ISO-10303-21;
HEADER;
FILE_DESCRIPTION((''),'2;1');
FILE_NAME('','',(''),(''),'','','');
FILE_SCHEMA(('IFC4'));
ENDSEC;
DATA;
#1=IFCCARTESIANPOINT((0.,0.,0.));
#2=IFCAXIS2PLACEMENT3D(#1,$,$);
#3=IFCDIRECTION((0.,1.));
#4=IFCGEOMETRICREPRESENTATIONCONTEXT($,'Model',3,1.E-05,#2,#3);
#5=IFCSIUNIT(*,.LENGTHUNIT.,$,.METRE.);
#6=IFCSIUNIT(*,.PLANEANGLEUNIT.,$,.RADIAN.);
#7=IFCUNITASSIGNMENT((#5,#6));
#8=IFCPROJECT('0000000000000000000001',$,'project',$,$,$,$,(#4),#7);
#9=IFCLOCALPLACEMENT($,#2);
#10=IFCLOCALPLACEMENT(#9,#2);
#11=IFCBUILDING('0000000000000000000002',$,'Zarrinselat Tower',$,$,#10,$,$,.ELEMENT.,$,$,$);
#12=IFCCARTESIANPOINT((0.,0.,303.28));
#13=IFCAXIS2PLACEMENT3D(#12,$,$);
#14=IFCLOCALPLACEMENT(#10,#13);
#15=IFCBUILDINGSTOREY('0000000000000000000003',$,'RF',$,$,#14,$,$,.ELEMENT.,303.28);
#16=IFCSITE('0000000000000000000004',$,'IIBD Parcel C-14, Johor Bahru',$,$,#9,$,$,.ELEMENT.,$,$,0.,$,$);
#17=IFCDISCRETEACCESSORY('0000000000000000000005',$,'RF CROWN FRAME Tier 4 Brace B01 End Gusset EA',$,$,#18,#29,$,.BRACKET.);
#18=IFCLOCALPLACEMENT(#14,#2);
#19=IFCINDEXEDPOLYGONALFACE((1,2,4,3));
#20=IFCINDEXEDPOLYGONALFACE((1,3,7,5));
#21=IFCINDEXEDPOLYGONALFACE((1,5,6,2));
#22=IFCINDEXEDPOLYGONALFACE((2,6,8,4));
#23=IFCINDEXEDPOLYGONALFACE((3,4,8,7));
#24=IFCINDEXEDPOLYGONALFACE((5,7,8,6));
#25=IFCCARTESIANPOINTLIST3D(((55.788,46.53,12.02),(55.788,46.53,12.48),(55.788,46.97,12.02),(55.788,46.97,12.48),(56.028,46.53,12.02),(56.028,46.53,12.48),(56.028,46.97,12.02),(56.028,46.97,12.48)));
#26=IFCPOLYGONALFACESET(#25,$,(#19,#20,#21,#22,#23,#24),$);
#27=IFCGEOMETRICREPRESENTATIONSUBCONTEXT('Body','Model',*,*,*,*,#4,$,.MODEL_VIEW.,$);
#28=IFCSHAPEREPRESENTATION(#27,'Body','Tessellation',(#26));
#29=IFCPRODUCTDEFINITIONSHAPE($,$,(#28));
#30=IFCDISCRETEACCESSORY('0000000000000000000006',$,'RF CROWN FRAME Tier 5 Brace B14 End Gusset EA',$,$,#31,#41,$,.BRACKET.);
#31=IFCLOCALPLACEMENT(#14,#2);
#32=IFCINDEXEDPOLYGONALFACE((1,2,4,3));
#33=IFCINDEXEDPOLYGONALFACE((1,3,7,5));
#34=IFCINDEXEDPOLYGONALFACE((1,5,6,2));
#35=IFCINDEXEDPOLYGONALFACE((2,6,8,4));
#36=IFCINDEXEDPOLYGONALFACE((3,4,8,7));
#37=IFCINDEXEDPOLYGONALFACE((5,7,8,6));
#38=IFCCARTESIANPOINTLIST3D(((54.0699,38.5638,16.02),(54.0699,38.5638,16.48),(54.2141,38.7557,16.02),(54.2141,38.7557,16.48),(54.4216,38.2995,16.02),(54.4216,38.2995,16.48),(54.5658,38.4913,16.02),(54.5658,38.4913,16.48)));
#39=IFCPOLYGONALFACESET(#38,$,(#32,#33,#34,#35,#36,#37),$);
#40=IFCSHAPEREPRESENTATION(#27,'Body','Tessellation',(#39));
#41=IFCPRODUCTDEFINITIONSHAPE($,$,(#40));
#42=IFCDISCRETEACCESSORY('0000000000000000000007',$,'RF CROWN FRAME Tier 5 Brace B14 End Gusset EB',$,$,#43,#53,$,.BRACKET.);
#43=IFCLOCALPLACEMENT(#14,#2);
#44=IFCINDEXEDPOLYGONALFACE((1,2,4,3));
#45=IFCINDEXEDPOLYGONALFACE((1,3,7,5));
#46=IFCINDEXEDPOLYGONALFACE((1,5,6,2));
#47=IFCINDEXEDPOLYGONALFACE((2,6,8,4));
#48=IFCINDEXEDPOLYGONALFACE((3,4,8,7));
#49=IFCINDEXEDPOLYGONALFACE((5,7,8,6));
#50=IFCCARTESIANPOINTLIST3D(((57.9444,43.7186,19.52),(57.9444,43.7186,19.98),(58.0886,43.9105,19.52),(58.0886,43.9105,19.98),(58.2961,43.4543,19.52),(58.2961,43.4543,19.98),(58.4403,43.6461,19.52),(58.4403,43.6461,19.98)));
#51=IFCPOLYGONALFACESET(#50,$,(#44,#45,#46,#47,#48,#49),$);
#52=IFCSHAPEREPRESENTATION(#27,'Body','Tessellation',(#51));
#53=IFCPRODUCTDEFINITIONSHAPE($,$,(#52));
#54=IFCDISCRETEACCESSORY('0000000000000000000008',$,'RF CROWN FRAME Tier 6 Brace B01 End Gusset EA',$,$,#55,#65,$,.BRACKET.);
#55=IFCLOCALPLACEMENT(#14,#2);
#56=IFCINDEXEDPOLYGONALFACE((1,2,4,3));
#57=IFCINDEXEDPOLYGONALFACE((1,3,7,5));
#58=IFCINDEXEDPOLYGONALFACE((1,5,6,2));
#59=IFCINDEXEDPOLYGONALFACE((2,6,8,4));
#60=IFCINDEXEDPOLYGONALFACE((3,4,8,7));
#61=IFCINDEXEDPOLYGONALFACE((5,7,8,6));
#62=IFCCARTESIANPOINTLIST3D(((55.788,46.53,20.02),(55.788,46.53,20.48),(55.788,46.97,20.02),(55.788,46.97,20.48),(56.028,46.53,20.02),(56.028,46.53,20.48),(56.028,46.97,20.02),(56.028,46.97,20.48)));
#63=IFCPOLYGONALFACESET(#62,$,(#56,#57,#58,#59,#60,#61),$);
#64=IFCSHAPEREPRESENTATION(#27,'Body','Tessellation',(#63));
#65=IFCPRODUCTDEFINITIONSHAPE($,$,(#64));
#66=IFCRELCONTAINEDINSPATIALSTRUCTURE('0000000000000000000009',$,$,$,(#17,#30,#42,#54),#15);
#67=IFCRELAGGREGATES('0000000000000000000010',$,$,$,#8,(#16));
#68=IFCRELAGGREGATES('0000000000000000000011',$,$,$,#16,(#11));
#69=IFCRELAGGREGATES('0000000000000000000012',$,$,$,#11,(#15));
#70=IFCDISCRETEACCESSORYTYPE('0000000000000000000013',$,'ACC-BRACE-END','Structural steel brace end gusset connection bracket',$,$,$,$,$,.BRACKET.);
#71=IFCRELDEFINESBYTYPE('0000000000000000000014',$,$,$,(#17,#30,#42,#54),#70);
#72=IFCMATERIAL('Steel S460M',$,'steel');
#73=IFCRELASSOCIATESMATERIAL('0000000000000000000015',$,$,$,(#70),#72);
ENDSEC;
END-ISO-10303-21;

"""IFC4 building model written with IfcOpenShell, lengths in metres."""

from ifc_helpers import new_model, si_unit, direction, frame, origin, origin_2d, place, context, subcontext, project, spatial, rectangle, extrude, material, type_object, element, save


model = new_model("IFC4")

# Units and contexts
model_context = context("Model", 3, precision=1e-05, world=origin(), true_north=direction((0.0, 1.0)))
body_context = subcontext(model_context, "Body", "Model", "MODEL_VIEW")
ifc_project = project(units=[si_unit("LENGTHUNIT", "METRE"), si_unit("PLANEANGLEUNIT", "RADIAN")], contexts=[model_context])

# Site, building, storey
site_placement = place(None, origin())
site = spatial("IfcSite", under=ifc_project, at=site_placement, Name="IIBD Parcel C-14, Johor Bahru", CompositionType="ELEMENT", RefElevation=0.0)
building_placement = place(site_placement, origin())
building = spatial("IfcBuilding", under=site, at=building_placement, Name="Zarrinselat Tower", CompositionType="ELEMENT")
storey_placement = place(building_placement, frame((0.0, 0.0, 303.28)))
storey = spatial("IfcBuildingStorey", under=building, at=storey_placement, Name="RF", CompositionType="ELEMENT", Elevation=303.28)

# Discrete accessories
ifc_material_1 = material(Name="Steel S460M", Category="steel")
discrete_accessory_type = type_object("IfcDiscreteAccessoryType", Name="ACC-BRACE-END", Description="Structural steel brace end gusset connection bracket", PredefinedType="BRACKET", material=ifc_material_1)
for number, where, z_axis, x_axis, name in (
    (1, (55.908, 46.75, 12.02), (0.0, 0.0, 1.0), (-1.0, 0.0, 0.0), "RF CROWN FRAME Tier 4 Brace B01 End Gusset EA"),
    (2, (54.3179, 38.5276, 16.02), (0.0, 0.0, 1.0), (0.600844, 0.799367, 0.0), "RF CROWN FRAME Tier 5 Brace B14 End Gusset EA"),
    (3, (58.1924, 43.6824, 19.52), (0.0, 0.0, 1.0), (0.600844, 0.799367, 0.0), "RF CROWN FRAME Tier 5 Brace B14 End Gusset EB"),
    (4, (55.908, 46.75, 20.02), (0.0, 0.0, 1.0), (-1.0, 0.0, 0.0), "RF CROWN FRAME Tier 6 Brace B01 End Gusset EA"),
):
    element("IfcDiscreteAccessory", number, at=place(storey_placement, frame(where, z_axis=z_axis, x_axis=x_axis)), inside=storey, type_object=discrete_accessory_type, Name=name, PredefinedType="BRACKET", context=body_context, shape_type="SweptSolid", body=[
        extrude(rectangle(XDim=0.24, YDim=0.4399, at=origin_2d()), origin(), (0.0, 0.0, 1.0), 0.46),
    ])

save(model, "model.ifc")
